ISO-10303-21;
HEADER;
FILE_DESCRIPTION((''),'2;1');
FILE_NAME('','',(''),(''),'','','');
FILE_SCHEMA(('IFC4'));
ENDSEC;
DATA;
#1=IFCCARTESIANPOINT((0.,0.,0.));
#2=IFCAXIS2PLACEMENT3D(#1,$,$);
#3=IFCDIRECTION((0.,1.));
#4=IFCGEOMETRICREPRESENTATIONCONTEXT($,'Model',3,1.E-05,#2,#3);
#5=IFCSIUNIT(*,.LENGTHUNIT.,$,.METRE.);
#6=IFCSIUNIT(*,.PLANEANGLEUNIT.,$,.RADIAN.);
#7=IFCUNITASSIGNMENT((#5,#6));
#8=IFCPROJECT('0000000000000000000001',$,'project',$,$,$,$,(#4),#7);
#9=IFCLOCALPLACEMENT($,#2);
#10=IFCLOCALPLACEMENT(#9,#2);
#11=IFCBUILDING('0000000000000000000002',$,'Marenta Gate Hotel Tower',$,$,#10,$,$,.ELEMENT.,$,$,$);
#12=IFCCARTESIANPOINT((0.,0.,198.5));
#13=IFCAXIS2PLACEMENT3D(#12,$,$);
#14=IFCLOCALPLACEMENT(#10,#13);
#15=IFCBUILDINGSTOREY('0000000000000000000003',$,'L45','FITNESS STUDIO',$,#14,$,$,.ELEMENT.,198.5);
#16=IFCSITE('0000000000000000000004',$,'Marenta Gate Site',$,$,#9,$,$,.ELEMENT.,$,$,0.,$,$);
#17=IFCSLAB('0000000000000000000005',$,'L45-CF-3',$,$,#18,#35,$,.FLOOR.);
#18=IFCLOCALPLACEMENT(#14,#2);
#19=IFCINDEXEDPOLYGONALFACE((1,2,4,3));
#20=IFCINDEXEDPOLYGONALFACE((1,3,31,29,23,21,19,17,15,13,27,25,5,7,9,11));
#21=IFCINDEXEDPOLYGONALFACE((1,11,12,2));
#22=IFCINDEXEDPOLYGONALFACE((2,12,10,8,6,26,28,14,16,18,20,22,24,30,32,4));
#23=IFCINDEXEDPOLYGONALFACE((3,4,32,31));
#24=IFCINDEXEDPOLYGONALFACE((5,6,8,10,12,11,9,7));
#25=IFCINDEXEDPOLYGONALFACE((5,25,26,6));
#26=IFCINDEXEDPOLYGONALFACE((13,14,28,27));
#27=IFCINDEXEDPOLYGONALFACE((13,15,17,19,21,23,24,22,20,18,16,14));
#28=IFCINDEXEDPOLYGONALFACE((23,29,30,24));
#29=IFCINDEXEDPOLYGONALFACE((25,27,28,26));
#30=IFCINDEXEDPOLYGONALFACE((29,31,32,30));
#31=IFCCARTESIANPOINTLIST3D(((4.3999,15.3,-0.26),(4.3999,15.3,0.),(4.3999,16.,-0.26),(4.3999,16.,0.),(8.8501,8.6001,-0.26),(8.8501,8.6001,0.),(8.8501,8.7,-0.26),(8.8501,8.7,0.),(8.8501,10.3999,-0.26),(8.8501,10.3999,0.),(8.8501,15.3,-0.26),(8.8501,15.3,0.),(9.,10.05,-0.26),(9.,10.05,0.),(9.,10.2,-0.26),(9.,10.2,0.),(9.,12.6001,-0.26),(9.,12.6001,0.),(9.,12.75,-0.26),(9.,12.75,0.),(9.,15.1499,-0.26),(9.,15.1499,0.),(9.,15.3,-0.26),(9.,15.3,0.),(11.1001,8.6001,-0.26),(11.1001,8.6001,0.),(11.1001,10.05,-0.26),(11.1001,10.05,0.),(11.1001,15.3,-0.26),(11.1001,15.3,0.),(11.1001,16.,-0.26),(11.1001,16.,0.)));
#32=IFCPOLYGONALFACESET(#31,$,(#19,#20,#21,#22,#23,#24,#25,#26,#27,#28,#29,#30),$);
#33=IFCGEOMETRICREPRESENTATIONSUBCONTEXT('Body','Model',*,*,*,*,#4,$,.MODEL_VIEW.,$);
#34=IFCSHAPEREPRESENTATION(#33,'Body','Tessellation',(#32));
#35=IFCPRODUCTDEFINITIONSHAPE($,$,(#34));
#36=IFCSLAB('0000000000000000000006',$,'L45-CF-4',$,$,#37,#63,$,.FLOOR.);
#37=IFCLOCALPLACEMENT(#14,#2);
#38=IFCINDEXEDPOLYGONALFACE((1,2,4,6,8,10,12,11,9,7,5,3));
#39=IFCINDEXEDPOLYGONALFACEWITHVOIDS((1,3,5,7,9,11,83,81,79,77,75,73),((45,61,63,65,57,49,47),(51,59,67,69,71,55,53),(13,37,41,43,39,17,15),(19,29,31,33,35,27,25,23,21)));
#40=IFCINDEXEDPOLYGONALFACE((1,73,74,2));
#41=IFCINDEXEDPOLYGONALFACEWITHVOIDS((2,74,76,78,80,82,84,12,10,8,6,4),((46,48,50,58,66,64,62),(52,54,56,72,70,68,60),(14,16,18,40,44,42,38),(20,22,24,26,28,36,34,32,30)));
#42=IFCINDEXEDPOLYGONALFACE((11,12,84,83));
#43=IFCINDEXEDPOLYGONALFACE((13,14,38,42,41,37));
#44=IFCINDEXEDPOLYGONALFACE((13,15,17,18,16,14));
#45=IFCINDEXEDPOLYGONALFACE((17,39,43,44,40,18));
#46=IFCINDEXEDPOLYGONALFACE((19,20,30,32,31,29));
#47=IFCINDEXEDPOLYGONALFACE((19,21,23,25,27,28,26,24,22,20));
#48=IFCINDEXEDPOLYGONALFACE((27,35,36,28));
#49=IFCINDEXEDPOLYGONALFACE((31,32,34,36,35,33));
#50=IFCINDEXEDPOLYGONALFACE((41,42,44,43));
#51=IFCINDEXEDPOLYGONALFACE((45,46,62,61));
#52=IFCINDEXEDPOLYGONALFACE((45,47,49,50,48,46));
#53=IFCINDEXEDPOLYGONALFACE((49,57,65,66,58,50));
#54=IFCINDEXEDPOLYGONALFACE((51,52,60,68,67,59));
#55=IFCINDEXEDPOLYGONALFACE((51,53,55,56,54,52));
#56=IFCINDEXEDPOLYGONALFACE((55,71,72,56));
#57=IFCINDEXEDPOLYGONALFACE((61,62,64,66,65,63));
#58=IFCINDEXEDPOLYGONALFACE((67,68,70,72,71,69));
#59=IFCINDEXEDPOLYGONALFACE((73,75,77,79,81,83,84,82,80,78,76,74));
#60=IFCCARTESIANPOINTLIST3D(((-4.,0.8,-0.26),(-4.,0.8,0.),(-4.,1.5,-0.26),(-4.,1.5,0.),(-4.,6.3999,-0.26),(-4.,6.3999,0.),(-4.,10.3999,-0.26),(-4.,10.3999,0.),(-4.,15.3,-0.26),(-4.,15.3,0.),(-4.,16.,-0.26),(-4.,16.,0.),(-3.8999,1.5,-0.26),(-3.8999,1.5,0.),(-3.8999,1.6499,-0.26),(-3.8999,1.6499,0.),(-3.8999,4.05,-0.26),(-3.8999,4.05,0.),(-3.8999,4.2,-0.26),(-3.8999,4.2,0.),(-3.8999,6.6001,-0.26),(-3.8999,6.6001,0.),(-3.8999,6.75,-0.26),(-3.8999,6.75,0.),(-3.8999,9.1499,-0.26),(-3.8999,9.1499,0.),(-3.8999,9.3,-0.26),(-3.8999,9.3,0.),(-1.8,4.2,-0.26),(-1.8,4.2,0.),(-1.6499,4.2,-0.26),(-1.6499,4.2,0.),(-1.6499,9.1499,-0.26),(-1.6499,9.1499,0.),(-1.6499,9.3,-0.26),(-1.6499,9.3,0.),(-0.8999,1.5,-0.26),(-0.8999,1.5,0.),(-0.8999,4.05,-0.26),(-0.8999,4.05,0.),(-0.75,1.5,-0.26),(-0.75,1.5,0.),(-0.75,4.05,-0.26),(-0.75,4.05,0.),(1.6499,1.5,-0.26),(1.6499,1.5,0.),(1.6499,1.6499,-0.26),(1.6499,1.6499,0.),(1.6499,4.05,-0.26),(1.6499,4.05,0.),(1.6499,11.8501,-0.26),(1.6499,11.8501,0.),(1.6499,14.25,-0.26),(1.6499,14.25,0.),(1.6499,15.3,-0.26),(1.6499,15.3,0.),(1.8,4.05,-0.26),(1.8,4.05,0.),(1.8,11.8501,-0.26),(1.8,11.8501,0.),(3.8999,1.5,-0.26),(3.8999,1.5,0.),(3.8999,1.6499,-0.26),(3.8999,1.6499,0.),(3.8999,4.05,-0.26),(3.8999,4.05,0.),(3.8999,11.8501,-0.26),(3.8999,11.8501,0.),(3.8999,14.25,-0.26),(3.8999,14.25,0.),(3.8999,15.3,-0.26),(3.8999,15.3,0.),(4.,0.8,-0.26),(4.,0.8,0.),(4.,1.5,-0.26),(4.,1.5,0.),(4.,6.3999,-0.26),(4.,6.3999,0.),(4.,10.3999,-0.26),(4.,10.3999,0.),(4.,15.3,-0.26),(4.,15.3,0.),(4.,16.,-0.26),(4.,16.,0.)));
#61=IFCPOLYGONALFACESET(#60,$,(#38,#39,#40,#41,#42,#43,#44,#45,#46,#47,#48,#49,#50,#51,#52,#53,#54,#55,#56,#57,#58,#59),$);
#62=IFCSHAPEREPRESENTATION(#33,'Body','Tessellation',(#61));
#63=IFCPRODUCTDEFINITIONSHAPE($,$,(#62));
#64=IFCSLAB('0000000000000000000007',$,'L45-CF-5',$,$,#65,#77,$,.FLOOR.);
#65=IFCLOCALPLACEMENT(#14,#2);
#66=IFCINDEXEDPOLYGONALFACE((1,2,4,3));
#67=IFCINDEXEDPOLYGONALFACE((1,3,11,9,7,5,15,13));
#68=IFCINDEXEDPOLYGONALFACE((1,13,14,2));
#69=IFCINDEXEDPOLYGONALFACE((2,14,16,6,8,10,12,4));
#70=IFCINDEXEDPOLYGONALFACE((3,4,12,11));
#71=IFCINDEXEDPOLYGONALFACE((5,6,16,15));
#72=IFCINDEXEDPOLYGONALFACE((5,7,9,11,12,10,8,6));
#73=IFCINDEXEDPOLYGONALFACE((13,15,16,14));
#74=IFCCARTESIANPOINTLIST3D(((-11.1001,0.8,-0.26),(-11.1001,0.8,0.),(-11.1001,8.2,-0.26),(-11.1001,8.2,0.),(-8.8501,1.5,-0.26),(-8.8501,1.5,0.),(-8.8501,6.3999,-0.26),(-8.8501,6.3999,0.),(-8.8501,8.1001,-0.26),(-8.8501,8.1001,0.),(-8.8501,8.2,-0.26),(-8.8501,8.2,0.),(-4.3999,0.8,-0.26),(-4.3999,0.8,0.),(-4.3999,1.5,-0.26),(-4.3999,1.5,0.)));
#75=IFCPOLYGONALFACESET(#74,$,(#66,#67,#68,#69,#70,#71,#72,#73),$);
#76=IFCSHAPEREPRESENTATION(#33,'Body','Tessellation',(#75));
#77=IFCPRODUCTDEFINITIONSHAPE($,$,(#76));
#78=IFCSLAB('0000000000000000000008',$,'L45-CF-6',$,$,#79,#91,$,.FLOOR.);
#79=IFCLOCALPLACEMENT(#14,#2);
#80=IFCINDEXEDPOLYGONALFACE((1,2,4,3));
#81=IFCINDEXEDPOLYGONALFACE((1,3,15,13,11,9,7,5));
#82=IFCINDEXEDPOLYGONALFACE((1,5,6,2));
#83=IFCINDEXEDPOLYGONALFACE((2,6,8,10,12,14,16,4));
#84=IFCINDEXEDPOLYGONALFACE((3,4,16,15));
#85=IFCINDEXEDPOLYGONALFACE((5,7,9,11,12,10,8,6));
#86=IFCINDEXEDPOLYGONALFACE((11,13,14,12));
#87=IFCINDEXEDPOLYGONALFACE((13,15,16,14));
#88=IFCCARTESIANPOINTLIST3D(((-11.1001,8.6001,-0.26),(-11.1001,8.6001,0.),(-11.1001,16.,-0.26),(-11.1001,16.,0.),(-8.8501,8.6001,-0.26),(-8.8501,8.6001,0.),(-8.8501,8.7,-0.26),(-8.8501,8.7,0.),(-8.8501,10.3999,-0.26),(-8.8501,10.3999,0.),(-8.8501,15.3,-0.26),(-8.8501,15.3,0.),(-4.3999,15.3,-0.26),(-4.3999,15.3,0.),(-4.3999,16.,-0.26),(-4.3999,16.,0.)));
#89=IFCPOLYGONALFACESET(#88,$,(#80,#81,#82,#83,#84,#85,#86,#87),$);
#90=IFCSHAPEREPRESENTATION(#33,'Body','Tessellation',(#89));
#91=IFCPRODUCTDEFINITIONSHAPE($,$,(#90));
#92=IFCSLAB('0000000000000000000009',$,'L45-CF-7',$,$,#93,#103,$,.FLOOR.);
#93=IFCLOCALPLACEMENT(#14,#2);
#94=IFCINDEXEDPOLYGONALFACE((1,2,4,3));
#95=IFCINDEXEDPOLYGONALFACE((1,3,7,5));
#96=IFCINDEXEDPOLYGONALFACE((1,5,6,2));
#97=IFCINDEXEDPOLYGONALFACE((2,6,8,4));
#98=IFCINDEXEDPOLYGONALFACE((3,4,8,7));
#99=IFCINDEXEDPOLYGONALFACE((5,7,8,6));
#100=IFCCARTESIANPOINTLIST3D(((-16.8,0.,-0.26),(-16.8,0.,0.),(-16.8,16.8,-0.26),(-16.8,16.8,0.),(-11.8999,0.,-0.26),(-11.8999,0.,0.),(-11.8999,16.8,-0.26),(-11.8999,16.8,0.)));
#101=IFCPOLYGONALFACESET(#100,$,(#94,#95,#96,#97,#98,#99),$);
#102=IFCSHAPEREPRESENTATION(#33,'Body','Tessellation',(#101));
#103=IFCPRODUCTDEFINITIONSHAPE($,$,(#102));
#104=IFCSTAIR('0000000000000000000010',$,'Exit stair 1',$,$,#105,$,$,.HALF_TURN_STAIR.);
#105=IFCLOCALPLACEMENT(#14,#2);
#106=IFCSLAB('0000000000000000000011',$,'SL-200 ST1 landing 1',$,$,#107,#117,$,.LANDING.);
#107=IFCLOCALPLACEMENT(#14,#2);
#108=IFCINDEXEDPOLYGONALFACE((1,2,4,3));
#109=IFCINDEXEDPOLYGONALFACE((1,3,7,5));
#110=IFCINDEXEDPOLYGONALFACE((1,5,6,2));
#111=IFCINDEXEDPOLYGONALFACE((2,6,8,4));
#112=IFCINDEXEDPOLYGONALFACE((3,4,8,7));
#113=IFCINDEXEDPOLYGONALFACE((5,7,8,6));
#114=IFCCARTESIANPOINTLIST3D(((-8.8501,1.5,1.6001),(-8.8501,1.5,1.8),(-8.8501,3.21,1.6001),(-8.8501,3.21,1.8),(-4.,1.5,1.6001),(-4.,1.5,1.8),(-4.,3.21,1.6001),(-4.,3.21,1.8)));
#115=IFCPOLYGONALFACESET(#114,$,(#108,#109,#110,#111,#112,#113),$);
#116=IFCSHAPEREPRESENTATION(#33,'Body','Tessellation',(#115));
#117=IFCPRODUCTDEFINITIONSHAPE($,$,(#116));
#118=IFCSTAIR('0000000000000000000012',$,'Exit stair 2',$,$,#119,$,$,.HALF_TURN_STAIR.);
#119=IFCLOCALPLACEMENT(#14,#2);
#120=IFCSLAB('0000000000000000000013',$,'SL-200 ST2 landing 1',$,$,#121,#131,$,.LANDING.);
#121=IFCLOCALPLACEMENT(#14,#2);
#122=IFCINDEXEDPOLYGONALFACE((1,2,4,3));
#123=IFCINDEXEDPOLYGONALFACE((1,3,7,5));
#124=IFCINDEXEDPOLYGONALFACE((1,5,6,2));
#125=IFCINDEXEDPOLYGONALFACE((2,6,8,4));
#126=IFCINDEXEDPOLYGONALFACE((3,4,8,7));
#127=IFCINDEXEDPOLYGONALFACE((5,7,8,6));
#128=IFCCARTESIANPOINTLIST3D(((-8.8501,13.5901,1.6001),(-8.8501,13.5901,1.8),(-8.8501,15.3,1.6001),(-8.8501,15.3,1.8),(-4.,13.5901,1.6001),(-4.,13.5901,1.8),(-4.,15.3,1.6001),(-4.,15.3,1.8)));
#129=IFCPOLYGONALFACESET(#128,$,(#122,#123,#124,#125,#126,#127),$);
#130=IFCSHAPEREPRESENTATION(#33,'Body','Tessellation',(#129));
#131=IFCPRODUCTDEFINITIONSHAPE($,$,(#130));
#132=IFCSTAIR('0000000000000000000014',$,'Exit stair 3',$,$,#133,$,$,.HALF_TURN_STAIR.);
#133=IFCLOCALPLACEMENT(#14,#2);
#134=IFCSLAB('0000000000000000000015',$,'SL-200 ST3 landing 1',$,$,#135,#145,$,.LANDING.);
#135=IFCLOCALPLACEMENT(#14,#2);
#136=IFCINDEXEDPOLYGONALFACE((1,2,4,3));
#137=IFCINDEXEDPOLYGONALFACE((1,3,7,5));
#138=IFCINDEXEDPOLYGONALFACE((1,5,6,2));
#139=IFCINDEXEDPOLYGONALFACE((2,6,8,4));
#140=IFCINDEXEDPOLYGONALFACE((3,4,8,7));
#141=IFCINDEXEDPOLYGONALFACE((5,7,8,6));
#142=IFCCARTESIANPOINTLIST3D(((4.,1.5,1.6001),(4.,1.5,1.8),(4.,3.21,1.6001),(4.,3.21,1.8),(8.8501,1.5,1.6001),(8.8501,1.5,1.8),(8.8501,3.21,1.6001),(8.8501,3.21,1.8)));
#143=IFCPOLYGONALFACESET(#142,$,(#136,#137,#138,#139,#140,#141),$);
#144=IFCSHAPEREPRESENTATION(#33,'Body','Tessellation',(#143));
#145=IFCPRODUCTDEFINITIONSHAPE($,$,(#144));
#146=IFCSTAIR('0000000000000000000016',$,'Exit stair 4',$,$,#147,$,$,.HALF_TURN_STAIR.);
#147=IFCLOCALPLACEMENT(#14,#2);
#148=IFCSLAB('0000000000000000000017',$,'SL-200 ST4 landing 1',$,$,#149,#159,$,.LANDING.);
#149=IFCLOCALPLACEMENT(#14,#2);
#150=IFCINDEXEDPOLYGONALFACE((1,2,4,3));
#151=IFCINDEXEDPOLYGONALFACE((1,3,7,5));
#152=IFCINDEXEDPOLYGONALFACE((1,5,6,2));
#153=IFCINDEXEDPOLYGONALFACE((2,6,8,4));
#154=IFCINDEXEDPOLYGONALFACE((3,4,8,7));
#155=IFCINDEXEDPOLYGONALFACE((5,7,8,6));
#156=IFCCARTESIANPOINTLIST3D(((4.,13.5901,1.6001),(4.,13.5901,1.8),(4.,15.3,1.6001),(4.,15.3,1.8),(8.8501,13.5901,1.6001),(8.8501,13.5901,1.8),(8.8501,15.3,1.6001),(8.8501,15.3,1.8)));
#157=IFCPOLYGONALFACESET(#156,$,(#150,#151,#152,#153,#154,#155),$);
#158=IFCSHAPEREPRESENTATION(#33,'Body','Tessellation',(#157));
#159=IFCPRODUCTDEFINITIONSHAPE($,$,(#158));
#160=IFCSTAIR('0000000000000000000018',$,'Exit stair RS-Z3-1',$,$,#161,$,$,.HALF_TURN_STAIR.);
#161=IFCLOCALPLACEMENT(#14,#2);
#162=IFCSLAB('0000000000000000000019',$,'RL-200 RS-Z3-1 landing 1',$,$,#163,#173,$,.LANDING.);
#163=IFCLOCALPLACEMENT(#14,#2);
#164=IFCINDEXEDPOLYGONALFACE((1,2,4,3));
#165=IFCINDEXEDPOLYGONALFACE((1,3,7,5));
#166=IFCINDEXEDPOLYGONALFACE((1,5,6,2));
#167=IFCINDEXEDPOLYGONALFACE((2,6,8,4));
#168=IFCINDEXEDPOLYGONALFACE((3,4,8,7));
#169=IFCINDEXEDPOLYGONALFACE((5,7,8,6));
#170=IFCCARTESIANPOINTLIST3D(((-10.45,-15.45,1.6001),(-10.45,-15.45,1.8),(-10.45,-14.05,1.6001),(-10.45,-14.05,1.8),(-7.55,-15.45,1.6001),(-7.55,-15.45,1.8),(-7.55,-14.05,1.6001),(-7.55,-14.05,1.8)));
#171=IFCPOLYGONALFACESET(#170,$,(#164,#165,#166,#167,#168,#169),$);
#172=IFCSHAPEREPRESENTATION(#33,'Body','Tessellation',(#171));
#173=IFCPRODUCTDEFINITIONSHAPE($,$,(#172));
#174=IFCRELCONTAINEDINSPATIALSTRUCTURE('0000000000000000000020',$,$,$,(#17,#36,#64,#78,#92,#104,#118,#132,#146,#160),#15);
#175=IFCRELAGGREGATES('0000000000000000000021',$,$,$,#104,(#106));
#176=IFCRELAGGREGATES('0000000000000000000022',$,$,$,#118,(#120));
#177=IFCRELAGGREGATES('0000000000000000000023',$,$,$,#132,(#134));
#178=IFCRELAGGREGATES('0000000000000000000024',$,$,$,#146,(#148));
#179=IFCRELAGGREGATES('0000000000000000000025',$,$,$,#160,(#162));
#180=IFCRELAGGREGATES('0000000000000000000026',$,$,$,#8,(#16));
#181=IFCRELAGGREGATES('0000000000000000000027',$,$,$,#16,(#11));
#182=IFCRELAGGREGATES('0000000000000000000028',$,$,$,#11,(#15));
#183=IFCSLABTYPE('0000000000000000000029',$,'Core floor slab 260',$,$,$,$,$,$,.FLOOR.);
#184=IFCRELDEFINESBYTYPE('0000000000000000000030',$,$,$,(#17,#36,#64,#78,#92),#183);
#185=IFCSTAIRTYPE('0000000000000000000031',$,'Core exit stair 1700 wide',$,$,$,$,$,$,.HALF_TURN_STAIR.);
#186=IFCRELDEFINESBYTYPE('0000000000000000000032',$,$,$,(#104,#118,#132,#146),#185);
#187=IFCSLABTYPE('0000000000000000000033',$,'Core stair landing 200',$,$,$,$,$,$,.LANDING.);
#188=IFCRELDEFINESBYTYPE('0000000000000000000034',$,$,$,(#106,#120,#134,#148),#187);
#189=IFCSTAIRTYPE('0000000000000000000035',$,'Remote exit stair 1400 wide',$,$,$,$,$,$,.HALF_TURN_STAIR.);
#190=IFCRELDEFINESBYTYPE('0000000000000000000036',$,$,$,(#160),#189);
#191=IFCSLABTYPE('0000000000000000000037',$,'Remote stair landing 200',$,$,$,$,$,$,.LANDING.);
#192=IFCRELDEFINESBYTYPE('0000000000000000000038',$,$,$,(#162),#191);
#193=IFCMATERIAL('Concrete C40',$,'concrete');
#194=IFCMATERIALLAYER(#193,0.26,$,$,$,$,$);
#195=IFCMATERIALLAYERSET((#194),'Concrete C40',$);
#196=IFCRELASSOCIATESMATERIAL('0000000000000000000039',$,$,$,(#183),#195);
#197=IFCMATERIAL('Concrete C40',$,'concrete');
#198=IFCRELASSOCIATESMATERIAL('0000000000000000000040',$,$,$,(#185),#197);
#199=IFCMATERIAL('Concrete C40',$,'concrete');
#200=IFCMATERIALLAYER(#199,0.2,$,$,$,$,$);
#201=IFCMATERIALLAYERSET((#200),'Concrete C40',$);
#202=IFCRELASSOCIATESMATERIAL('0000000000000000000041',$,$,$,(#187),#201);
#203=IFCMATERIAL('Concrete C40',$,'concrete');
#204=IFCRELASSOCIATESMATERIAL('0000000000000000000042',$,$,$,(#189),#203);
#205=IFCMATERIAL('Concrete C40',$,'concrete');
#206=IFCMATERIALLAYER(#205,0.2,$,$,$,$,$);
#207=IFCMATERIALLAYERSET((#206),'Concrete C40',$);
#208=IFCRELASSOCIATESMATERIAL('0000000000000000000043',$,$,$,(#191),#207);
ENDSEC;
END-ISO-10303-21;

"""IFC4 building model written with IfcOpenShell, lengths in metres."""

from ifc_helpers import new_model, si_unit, direction, frame, origin, place, context, subcontext, project, spatial, polyline, outline, extrude, material, layer, layer_set, type_object, element, aggregate, save


model = new_model("IFC4")

# Units and contexts
model_context = context("Model", 3, precision=1e-05, world=origin(), true_north=direction((0.0, 1.0)))
body_context = subcontext(model_context, "Body", "Model", "MODEL_VIEW")
ifc_project = project(units=[si_unit("LENGTHUNIT", "METRE"), si_unit("PLANEANGLEUNIT", "RADIAN")], contexts=[model_context])

# Site, building, storey
site_placement = place(None, origin())
site = spatial("IfcSite", under=ifc_project, at=site_placement, Name="Marenta Gate Site", CompositionType="ELEMENT", RefElevation=0.0)
building_placement = place(site_placement, origin())
building = spatial("IfcBuilding", under=site, at=building_placement, Name="Marenta Gate Hotel Tower", CompositionType="ELEMENT")
storey_placement = place(building_placement, frame((0.0, 0.0, 198.5)))
storey = spatial("IfcBuildingStorey", under=building, at=storey_placement, Name="L45", Description="FITNESS STUDIO", CompositionType="ELEMENT", Elevation=198.5)

# Slabs
ifc_material_1 = material(Name="Concrete C40", Category="concrete")
ifc_layer_1 = layer(ifc_material_1, 0.26)
ifc_layer_set_1 = layer_set([ifc_layer_1], Name="Concrete C40")
slab_type_1 = type_object("IfcSlabType", Name="Core floor slab 260", PredefinedType="FLOOR", material=ifc_layer_set_1)
slab_1_placement = place(storey_placement, frame((0.0, 0.0, -0.26)))
element("IfcSlab", 1, at=slab_1_placement, inside=storey, type_object=slab_type_1, Name="L45-CF-3", PredefinedType="FLOOR", context=body_context, shape_type="SweptSolid", body=[
    extrude(outline(polyline([(8.8501, 15.3), (4.3999, 15.3), (4.3999, 16.0), (11.1001, 16.0), (11.1001, 15.3), (9.0, 15.3), (9.0, 15.1499), (9.0, 12.75), (9.0, 12.6001), (9.0, 10.2), (9.0, 10.05), (11.1001, 10.05), (11.1001, 8.6001), (8.8501, 8.6001), (8.8501, 8.7), (8.8501, 10.3999), (8.8501, 15.3)])), origin(), (0.0, 0.0, 1.0), 0.26),
])
slab_2_placement = place(storey_placement, frame((0.0, 0.0, -0.26)))
element("IfcSlab", 2, at=slab_2_placement, inside=storey, type_object=slab_type_1, Name="L45-CF-4", PredefinedType="FLOOR", context=body_context, shape_type="SweptSolid", body=[
    extrude(outline(polyline([(4.0, 15.3), (4.0, 10.3999), (4.0, 6.3999), (4.0, 1.5), (4.0, 0.8), (-4.0, 0.8), (-4.0, 1.5), (-4.0, 6.3999), (-4.0, 10.3999), (-4.0, 15.3), (-4.0, 16.0), (4.0, 16.0), (4.0, 15.3)]), holes=[polyline([(1.6499, 14.25), (1.6499, 11.8501), (1.8, 11.8501), (3.8999, 11.8501), (3.8999, 14.25), (3.8999, 15.3), (1.6499, 15.3), (1.6499, 14.25)]), polyline([(3.8999, 1.6499), (3.8999, 4.05), (1.8, 4.05), (1.6499, 4.05), (1.6499, 1.6499), (1.6499, 1.5), (3.8999, 1.5), (3.8999, 1.6499)]), polyline([(-3.8999, 1.6499), (-3.8999, 1.5), (-0.8999, 1.5), (-0.75, 1.5), (-0.75, 4.05), (-0.8999, 4.05), (-3.8999, 4.05), (-3.8999, 1.6499)]), polyline([(-1.8, 4.2), (-1.6499, 4.2), (-1.6499, 9.1499), (-1.6499, 9.3), (-3.8999, 9.3), (-3.8999, 9.1499), (-3.8999, 6.75), (-3.8999, 6.6001), (-3.8999, 4.2), (-1.8, 4.2)])]), origin(), (0.0, 0.0, 1.0), 0.26),
])
slab_3_placement = place(storey_placement, frame((0.0, 0.0, -0.26)))
element("IfcSlab", 3, at=slab_3_placement, inside=storey, type_object=slab_type_1, Name="L45-CF-5", PredefinedType="FLOOR", context=body_context, shape_type="SweptSolid", body=[
    extrude(outline(polyline([(-8.8501, 8.2), (-8.8501, 8.1001), (-8.8501, 6.3999), (-8.8501, 1.5), (-4.3999, 1.5), (-4.3999, 0.8), (-11.1001, 0.8), (-11.1001, 8.2), (-8.8501, 8.2)])), origin(), (0.0, 0.0, 1.0), 0.26),
])
slab_4_placement = place(storey_placement, frame((0.0, 0.0, -0.26)))
element("IfcSlab", 4, at=slab_4_placement, inside=storey, type_object=slab_type_1, Name="L45-CF-6", PredefinedType="FLOOR", context=body_context, shape_type="SweptSolid", body=[
    extrude(outline(polyline([(-4.3999, 15.3), (-8.8501, 15.3), (-8.8501, 10.3999), (-8.8501, 8.7), (-8.8501, 8.6001), (-11.1001, 8.6001), (-11.1001, 16.0), (-4.3999, 16.0), (-4.3999, 15.3)])), origin(), (0.0, 0.0, 1.0), 0.26),
])
slab_5_placement = place(storey_placement, frame((0.0, 0.0, -0.26)))
element("IfcSlab", 5, at=slab_5_placement, inside=storey, type_object=slab_type_1, Name="L45-CF-7", PredefinedType="FLOOR", context=body_context, shape_type="SweptSolid", body=[
    extrude(outline(polyline([(-11.8999, 16.8), (-11.8999, 0.0), (-16.8, 0.0), (-16.8, 16.8), (-11.8999, 16.8)])), origin(), (0.0, 0.0, 1.0), 0.26),
])

# Stairs, slabs
ifc_material_2 = material(Name="Concrete C40", Category="concrete")
stair_type_1 = type_object("IfcStairType", Name="Core exit stair 1700 wide", PredefinedType="HALF_TURN_STAIR", material=ifc_material_2)
stair_1_placement = place(storey_placement, origin())
stair_1 = element("IfcStair", 6, at=stair_1_placement, inside=storey, type_object=stair_type_1, Name="Exit stair 1", PredefinedType="HALF_TURN_STAIR")
ifc_material_3 = material(Name="Concrete C40", Category="concrete")
ifc_layer_2 = layer(ifc_material_3, 0.2)
ifc_layer_set_2 = layer_set([ifc_layer_2], Name="Concrete C40")
slab_type_2 = type_object("IfcSlabType", Name="Core stair landing 200", PredefinedType="LANDING", material=ifc_layer_set_2)
slab_6_placement = place(storey_placement, frame((0.0, 0.0, 1.6001)))
slab_6 = element("IfcSlab", 7, at=slab_6_placement, type_object=slab_type_2, Name="SL-200 ST1 landing 1", PredefinedType="LANDING", context=body_context, shape_type="SweptSolid", body=[
    extrude(outline(polyline([(-8.8501, 1.5), (-4.0, 1.5), (-4.0, 3.21), (-8.8501, 3.21), (-8.8501, 1.5)])), origin(), (0.0, 0.0, 1.0), 0.2),
])
aggregate(stair_1, [slab_6])
stair_2_placement = place(storey_placement, origin())
stair_2 = element("IfcStair", 8, at=stair_2_placement, inside=storey, type_object=stair_type_1, Name="Exit stair 2", PredefinedType="HALF_TURN_STAIR")
slab_7_placement = place(storey_placement, frame((0.0, 0.0, 1.6001)))
slab_7 = element("IfcSlab", 9, at=slab_7_placement, type_object=slab_type_2, Name="SL-200 ST2 landing 1", PredefinedType="LANDING", context=body_context, shape_type="SweptSolid", body=[
    extrude(outline(polyline([(-8.8501, 13.5901), (-4.0, 13.5901), (-4.0, 15.3), (-8.8501, 15.3), (-8.8501, 13.5901)])), origin(), (0.0, 0.0, 1.0), 0.2),
])
aggregate(stair_2, [slab_7])
stair_3_placement = place(storey_placement, origin())
stair_3 = element("IfcStair", 10, at=stair_3_placement, inside=storey, type_object=stair_type_1, Name="Exit stair 3", PredefinedType="HALF_TURN_STAIR")
slab_8_placement = place(storey_placement, frame((0.0, 0.0, 1.6001)))
slab_8 = element("IfcSlab", 11, at=slab_8_placement, type_object=slab_type_2, Name="SL-200 ST3 landing 1", PredefinedType="LANDING", context=body_context, shape_type="SweptSolid", body=[
    extrude(outline(polyline([(4.0, 1.5), (8.8501, 1.5), (8.8501, 3.21), (4.0, 3.21), (4.0, 1.5)])), origin(), (0.0, 0.0, 1.0), 0.2),
])
aggregate(stair_3, [slab_8])
stair_4_placement = place(storey_placement, origin())
stair_4 = element("IfcStair", 12, at=stair_4_placement, inside=storey, type_object=stair_type_1, Name="Exit stair 4", PredefinedType="HALF_TURN_STAIR")
slab_9_placement = place(storey_placement, frame((0.0, 0.0, 1.6001)))
slab_9 = element("IfcSlab", 13, at=slab_9_placement, type_object=slab_type_2, Name="SL-200 ST4 landing 1", PredefinedType="LANDING", context=body_context, shape_type="SweptSolid", body=[
    extrude(outline(polyline([(4.0, 13.5901), (8.8501, 13.5901), (8.8501, 15.3), (4.0, 15.3), (4.0, 13.5901)])), origin(), (0.0, 0.0, 1.0), 0.2),
])
aggregate(stair_4, [slab_9])
ifc_material_4 = material(Name="Concrete C40", Category="concrete")
stair_type_2 = type_object("IfcStairType", Name="Remote exit stair 1400 wide", PredefinedType="HALF_TURN_STAIR", material=ifc_material_4)
stair_5_placement = place(storey_placement, origin())
stair_5 = element("IfcStair", 14, at=stair_5_placement, inside=storey, type_object=stair_type_2, Name="Exit stair RS-Z3-1", PredefinedType="HALF_TURN_STAIR")
ifc_material_5 = material(Name="Concrete C40", Category="concrete")
ifc_layer_3 = layer(ifc_material_5, 0.2)
ifc_layer_set_3 = layer_set([ifc_layer_3], Name="Concrete C40")
slab_type_3 = type_object("IfcSlabType", Name="Remote stair landing 200", PredefinedType="LANDING", material=ifc_layer_set_3)
slab_10_placement = place(storey_placement, frame((0.0, 0.0, 1.6001)))
slab_10 = element("IfcSlab", 15, at=slab_10_placement, type_object=slab_type_3, Name="RL-200 RS-Z3-1 landing 1", PredefinedType="LANDING", context=body_context, shape_type="SweptSolid", body=[
    extrude(outline(polyline([(-10.45, -15.45), (-7.55, -15.45), (-7.55, -14.05), (-10.45, -14.05), (-10.45, -15.45)])), origin(), (0.0, 0.0, 1.0), 0.2),
])
aggregate(stair_5, [slab_10])

save(model, "model.ifc")
